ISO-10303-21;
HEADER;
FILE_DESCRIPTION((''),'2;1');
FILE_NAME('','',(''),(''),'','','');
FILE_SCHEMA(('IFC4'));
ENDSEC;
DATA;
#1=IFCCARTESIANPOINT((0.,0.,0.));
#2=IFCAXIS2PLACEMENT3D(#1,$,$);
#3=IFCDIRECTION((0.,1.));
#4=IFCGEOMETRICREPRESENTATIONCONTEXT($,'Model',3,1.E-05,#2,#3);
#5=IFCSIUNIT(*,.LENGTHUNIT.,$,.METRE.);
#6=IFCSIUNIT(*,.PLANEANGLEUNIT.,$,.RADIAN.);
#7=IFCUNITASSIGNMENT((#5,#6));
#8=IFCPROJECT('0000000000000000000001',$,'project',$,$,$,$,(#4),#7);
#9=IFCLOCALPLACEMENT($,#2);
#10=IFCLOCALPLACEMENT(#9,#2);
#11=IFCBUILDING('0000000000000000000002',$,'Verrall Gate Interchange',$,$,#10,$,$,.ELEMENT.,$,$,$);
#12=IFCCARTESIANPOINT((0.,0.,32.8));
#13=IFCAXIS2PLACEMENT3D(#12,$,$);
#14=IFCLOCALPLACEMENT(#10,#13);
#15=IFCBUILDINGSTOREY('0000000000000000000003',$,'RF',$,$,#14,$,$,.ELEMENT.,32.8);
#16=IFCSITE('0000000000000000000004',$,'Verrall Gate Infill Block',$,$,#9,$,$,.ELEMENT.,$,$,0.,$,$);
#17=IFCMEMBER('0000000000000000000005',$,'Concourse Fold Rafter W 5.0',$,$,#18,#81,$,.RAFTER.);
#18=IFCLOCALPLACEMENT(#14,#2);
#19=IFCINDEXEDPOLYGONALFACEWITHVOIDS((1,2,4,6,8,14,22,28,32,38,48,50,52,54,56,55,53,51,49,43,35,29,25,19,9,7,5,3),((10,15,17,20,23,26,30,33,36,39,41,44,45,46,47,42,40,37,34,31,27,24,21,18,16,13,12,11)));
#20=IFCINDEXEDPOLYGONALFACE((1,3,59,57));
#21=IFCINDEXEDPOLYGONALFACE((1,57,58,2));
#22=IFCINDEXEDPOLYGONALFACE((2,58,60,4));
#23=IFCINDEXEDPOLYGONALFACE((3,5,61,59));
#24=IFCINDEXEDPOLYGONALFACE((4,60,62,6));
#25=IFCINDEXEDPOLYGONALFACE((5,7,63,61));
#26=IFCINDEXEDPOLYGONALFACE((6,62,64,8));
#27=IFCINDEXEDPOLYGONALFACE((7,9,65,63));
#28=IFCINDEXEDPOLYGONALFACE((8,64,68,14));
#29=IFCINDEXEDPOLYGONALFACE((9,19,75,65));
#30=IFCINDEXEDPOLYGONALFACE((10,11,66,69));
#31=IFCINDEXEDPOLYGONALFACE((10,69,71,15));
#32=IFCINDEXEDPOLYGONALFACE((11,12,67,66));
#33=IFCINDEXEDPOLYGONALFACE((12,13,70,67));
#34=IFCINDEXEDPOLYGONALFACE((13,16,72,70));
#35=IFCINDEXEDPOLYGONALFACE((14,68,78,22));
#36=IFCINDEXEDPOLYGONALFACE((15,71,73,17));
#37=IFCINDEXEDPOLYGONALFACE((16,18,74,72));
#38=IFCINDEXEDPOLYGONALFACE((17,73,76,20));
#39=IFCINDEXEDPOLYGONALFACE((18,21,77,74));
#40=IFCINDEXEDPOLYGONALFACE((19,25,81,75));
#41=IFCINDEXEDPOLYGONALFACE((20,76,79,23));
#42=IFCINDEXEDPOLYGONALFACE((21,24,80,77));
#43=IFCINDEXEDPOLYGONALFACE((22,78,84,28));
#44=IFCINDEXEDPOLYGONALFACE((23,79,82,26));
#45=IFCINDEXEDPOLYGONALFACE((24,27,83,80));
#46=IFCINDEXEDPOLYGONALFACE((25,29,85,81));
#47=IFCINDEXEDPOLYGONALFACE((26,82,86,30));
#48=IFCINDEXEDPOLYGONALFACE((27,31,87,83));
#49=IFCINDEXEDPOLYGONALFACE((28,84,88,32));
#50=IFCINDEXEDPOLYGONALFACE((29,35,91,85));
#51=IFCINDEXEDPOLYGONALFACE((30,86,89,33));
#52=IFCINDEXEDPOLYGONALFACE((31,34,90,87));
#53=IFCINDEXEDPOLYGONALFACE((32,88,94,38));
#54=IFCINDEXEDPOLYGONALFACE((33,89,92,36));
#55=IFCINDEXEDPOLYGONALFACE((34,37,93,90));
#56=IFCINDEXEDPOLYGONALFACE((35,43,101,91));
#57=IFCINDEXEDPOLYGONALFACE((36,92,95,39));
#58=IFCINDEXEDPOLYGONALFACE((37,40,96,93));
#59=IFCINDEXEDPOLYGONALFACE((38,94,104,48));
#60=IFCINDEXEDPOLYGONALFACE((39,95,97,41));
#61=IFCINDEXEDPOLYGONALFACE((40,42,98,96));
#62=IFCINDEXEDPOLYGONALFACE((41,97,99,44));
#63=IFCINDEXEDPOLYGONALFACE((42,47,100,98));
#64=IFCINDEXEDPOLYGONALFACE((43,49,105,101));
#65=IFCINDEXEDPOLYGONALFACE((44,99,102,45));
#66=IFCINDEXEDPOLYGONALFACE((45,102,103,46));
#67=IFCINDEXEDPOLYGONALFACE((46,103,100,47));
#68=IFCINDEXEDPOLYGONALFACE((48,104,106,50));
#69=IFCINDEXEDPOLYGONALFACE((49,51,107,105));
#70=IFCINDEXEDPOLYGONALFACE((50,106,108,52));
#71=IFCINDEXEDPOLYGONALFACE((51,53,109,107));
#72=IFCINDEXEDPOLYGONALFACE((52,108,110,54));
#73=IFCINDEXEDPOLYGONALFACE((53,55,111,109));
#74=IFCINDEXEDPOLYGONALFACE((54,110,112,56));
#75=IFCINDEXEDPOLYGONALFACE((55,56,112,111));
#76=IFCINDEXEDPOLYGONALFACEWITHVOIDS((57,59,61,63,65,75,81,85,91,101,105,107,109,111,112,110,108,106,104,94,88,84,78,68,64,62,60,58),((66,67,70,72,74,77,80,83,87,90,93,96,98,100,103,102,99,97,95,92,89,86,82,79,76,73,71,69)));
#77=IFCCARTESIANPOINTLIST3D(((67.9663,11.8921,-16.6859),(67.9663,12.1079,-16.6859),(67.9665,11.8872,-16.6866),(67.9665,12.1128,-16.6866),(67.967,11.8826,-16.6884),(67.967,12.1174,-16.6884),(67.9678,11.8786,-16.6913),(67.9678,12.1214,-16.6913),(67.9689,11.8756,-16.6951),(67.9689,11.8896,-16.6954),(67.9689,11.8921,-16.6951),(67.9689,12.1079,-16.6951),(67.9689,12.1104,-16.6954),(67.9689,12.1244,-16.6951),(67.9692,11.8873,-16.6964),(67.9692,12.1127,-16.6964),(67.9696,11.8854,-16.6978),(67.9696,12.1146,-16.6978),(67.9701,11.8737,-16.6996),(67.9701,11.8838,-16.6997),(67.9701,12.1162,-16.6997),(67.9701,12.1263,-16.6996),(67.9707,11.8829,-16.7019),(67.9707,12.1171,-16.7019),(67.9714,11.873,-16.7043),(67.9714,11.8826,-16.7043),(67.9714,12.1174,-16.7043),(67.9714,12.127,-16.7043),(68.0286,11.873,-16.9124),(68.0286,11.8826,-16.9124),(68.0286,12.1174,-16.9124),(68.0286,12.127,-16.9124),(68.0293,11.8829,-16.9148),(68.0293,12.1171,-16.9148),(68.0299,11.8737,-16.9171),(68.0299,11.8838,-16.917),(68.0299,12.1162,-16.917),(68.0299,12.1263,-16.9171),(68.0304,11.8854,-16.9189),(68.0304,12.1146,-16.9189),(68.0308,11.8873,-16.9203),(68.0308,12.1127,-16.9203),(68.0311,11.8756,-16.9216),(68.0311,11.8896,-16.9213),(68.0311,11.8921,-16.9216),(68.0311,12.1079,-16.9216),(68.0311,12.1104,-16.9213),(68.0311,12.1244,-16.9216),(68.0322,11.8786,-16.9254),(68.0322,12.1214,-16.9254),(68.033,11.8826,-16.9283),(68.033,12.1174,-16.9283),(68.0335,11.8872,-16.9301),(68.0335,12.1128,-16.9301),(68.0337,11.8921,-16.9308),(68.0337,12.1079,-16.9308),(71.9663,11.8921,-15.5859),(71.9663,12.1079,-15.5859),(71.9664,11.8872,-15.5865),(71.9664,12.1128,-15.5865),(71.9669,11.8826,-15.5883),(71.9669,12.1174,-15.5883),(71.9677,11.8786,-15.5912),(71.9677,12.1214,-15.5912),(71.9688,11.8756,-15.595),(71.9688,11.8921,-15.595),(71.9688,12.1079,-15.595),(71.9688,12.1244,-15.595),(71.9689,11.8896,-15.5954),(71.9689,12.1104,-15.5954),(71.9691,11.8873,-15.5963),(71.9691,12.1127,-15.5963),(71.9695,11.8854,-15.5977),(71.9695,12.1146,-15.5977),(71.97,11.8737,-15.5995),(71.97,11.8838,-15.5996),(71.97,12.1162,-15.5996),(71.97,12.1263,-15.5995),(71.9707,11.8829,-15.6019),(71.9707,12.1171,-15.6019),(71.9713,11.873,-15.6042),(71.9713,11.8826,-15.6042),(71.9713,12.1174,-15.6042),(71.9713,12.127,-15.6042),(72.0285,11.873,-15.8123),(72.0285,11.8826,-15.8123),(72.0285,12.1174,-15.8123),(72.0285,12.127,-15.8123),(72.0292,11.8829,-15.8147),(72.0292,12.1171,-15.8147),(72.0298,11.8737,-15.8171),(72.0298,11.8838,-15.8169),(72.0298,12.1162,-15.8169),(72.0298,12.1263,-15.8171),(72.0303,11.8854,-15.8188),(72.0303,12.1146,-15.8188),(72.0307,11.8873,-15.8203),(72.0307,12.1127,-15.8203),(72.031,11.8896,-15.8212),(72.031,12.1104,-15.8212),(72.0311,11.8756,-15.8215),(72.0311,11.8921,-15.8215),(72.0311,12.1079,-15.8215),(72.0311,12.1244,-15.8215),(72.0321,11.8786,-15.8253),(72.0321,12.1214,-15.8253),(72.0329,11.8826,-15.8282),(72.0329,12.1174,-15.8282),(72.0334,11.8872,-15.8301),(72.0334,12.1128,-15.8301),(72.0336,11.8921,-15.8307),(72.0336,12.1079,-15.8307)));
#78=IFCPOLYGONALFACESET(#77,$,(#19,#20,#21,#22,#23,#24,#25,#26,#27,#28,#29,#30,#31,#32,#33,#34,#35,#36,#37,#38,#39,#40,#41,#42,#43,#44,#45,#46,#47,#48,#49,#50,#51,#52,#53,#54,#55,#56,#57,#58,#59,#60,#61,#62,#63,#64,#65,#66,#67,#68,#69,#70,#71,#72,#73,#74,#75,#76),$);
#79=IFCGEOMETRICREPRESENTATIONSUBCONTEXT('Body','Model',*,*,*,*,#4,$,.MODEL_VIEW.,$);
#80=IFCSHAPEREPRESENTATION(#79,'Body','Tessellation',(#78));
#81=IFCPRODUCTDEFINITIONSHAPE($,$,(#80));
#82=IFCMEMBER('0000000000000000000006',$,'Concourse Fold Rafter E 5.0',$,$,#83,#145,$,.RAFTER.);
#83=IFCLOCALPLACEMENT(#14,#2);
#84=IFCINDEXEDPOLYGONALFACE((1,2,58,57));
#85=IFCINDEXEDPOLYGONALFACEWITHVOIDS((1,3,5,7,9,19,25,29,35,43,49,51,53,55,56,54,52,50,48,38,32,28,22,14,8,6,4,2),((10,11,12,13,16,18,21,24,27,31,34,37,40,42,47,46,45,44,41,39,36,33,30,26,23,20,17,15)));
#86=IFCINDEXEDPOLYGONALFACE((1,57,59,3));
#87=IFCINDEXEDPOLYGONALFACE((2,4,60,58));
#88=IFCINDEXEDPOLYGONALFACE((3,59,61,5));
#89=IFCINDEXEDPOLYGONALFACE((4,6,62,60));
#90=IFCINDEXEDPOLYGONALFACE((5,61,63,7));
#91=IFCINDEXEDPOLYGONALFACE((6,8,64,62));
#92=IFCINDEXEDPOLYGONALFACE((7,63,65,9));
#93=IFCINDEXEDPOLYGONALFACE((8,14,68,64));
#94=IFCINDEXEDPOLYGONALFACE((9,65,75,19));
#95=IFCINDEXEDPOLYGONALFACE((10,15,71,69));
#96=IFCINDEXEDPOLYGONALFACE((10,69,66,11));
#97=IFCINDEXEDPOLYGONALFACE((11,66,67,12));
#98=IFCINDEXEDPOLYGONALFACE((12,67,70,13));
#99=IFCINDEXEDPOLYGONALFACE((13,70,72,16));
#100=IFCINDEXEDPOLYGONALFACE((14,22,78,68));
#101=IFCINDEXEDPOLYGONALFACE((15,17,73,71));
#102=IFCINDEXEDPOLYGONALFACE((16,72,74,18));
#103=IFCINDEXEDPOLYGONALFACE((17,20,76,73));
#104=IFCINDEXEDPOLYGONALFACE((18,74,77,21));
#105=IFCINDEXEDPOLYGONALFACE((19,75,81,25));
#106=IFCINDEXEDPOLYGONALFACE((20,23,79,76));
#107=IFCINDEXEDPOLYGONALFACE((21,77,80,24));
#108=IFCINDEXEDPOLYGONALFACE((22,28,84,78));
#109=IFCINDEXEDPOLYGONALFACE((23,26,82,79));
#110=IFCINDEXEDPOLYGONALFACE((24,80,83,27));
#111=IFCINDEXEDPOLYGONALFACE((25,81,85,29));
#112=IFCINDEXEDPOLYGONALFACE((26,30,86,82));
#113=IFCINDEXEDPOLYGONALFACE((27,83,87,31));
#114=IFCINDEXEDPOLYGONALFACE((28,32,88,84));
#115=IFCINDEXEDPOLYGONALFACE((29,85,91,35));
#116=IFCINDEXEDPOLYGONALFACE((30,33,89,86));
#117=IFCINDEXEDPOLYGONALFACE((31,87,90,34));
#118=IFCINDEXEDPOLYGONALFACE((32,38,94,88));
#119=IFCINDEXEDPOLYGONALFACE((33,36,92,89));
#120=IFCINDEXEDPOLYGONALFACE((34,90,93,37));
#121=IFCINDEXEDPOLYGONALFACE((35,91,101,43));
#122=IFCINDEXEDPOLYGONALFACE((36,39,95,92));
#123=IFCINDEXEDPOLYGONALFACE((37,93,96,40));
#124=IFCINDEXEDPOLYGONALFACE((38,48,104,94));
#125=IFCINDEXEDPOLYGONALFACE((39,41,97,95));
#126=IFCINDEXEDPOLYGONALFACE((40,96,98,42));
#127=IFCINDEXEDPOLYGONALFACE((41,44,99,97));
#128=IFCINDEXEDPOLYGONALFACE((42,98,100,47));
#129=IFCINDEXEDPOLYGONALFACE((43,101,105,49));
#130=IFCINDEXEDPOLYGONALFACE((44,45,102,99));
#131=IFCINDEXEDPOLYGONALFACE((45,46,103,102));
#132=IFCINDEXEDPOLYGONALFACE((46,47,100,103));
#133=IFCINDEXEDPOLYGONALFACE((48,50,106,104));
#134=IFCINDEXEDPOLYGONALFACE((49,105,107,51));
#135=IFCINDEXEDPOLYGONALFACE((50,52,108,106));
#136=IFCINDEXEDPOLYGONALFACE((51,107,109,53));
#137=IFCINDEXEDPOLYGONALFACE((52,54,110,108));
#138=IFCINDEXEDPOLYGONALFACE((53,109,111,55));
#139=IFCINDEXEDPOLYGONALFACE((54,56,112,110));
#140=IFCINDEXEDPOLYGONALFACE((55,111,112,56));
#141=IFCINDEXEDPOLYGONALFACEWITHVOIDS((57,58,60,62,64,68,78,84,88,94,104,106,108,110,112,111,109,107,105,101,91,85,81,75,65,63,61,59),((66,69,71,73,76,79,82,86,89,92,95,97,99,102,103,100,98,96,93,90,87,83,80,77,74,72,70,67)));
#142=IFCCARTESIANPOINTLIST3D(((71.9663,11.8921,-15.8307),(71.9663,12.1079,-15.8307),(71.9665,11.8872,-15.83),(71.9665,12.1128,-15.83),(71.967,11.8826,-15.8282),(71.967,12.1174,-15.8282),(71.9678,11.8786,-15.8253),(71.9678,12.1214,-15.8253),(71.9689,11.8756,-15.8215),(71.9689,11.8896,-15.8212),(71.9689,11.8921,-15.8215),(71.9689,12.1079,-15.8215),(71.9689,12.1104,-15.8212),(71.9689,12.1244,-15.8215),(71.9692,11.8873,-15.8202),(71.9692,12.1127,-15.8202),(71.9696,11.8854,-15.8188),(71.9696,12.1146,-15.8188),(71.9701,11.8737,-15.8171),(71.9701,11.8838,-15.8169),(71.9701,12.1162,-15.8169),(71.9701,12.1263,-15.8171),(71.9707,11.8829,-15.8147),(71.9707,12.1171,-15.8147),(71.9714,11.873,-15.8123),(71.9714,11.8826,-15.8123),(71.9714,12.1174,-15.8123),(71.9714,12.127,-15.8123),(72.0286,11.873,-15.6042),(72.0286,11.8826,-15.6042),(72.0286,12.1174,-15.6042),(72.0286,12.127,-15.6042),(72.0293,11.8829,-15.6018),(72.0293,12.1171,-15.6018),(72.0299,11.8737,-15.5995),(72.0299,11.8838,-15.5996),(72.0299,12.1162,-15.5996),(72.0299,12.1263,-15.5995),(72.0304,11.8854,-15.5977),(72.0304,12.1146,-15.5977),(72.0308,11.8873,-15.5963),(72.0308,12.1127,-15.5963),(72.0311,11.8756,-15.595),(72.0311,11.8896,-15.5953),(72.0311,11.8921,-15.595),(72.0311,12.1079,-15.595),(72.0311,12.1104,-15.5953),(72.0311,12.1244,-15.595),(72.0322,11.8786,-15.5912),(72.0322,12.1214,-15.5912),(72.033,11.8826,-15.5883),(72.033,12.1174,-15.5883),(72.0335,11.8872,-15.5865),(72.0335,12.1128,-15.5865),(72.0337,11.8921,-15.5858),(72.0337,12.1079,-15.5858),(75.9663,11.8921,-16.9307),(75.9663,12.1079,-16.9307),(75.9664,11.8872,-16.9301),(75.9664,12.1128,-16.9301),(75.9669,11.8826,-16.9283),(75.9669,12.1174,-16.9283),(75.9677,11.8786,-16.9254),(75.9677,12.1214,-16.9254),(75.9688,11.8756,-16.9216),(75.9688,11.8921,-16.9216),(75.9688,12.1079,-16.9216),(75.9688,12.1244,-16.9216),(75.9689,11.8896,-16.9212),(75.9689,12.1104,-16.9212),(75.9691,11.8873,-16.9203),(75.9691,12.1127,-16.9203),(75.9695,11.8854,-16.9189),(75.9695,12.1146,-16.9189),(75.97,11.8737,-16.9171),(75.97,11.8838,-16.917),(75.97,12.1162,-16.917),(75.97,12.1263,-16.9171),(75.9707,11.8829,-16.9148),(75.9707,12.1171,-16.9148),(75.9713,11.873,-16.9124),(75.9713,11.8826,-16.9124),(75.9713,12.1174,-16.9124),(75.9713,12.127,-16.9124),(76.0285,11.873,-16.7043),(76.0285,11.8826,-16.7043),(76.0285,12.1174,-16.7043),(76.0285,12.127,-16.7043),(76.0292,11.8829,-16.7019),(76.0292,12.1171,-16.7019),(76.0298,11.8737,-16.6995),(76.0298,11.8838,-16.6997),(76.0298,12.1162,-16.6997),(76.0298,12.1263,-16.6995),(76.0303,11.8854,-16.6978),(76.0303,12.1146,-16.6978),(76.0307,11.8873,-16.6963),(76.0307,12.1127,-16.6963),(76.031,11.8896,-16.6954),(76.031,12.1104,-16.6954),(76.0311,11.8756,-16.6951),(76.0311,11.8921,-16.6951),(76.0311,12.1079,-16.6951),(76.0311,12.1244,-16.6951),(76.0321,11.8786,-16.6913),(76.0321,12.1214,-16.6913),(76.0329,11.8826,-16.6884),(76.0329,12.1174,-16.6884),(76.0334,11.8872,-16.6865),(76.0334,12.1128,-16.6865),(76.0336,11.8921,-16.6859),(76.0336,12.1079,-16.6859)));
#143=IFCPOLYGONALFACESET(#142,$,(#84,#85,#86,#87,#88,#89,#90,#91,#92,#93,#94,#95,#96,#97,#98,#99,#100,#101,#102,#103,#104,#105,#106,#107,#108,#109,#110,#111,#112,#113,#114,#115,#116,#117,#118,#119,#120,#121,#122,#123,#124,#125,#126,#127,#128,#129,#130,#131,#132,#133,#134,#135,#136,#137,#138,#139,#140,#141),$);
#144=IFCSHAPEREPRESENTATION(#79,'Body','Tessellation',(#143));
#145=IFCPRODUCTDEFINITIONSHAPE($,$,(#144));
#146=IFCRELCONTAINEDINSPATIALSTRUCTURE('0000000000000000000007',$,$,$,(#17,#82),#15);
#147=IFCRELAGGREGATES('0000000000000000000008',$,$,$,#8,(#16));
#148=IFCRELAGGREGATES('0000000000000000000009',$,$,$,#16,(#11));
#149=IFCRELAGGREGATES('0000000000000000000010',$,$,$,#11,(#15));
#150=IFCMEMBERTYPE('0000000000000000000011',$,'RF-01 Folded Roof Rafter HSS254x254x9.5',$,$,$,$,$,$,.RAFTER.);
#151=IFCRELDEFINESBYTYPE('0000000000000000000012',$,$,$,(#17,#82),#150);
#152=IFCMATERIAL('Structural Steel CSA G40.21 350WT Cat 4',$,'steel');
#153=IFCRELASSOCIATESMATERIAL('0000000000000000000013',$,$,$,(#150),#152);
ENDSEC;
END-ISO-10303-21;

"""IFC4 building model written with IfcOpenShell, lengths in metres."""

from ifc_helpers import new_model, si_unit, direction, frame, origin, origin_2d, place, context, subcontext, project, spatial, hollow_rectangle, extrude, material, material_profile, profile_set, type_object, element, save


model = new_model("IFC4")

# Units and contexts
model_context = context("Model", 3, precision=1e-05, world=origin(), true_north=direction((0.0, 1.0)))
body_context = subcontext(model_context, "Body", "Model", "MODEL_VIEW")
ifc_project = project(units=[si_unit("LENGTHUNIT", "METRE"), si_unit("PLANEANGLEUNIT", "RADIAN")], contexts=[model_context])

# Site, building, storey
site_placement = place(None, origin())
site = spatial("IfcSite", under=ifc_project, at=site_placement, Name="Verrall Gate Infill Block", CompositionType="ELEMENT", RefElevation=0.0)
building_placement = place(site_placement, origin())
building = spatial("IfcBuilding", under=site, at=building_placement, Name="Verrall Gate Interchange", CompositionType="ELEMENT")
storey_placement = place(building_placement, frame((0.0, 0.0, 32.8)))
storey = spatial("IfcBuildingStorey", under=building, at=storey_placement, Name="RF", CompositionType="ELEMENT", Elevation=32.8)

# Members
ifc_material_1 = material(Name="Structural Steel CSA G40.21 350WT Cat 4", Category="steel")
ifc_material_profile_1 = material_profile(ifc_material_1, hollow_rectangle(XDim=0.2539, YDim=0.2539, WallThickness=0.0095, InnerFilletRadius=0.0095, OuterFilletRadius=0.019, at=origin_2d()), Name="HSS254x254x9.5")
ifc_profile_set_1 = profile_set([ifc_material_profile_1], Name="Structural Steel CSA G40.21 350WT Cat 4")
member_type_1 = type_object("IfcMemberType", Name="RF-01 Folded Roof Rafter HSS254x254x9.5", PredefinedType="RAFTER", material=ifc_profile_set_1)
for number, where, z_axis, x_axis, name in (
    (1, (68.0, 12.0, -16.8083), (0.964199, 0.0, 0.265178), (0.0, 1.0, 0.0), "Concourse Fold Rafter W 5.0"),
    (2, (72.0, 12.0, -15.7083), (0.964199, 0.0, -0.265178), (0.0, 1.0, 0.0), "Concourse Fold Rafter E 5.0"),
):
    element("IfcMember", number, at=place(storey_placement, frame(where, z_axis=z_axis, x_axis=x_axis)), inside=storey, type_object=member_type_1, Name=name, PredefinedType="RAFTER", context=body_context, shape_type="SweptSolid", body=[
        extrude(hollow_rectangle(XDim=0.2539, YDim=0.2539, WallThickness=0.0095, InnerFilletRadius=0.0095, OuterFilletRadius=0.019, at=origin_2d()), origin(), (0.0, 0.0, 1.0), 4.1484),
    ])

save(model, "model.ifc")
